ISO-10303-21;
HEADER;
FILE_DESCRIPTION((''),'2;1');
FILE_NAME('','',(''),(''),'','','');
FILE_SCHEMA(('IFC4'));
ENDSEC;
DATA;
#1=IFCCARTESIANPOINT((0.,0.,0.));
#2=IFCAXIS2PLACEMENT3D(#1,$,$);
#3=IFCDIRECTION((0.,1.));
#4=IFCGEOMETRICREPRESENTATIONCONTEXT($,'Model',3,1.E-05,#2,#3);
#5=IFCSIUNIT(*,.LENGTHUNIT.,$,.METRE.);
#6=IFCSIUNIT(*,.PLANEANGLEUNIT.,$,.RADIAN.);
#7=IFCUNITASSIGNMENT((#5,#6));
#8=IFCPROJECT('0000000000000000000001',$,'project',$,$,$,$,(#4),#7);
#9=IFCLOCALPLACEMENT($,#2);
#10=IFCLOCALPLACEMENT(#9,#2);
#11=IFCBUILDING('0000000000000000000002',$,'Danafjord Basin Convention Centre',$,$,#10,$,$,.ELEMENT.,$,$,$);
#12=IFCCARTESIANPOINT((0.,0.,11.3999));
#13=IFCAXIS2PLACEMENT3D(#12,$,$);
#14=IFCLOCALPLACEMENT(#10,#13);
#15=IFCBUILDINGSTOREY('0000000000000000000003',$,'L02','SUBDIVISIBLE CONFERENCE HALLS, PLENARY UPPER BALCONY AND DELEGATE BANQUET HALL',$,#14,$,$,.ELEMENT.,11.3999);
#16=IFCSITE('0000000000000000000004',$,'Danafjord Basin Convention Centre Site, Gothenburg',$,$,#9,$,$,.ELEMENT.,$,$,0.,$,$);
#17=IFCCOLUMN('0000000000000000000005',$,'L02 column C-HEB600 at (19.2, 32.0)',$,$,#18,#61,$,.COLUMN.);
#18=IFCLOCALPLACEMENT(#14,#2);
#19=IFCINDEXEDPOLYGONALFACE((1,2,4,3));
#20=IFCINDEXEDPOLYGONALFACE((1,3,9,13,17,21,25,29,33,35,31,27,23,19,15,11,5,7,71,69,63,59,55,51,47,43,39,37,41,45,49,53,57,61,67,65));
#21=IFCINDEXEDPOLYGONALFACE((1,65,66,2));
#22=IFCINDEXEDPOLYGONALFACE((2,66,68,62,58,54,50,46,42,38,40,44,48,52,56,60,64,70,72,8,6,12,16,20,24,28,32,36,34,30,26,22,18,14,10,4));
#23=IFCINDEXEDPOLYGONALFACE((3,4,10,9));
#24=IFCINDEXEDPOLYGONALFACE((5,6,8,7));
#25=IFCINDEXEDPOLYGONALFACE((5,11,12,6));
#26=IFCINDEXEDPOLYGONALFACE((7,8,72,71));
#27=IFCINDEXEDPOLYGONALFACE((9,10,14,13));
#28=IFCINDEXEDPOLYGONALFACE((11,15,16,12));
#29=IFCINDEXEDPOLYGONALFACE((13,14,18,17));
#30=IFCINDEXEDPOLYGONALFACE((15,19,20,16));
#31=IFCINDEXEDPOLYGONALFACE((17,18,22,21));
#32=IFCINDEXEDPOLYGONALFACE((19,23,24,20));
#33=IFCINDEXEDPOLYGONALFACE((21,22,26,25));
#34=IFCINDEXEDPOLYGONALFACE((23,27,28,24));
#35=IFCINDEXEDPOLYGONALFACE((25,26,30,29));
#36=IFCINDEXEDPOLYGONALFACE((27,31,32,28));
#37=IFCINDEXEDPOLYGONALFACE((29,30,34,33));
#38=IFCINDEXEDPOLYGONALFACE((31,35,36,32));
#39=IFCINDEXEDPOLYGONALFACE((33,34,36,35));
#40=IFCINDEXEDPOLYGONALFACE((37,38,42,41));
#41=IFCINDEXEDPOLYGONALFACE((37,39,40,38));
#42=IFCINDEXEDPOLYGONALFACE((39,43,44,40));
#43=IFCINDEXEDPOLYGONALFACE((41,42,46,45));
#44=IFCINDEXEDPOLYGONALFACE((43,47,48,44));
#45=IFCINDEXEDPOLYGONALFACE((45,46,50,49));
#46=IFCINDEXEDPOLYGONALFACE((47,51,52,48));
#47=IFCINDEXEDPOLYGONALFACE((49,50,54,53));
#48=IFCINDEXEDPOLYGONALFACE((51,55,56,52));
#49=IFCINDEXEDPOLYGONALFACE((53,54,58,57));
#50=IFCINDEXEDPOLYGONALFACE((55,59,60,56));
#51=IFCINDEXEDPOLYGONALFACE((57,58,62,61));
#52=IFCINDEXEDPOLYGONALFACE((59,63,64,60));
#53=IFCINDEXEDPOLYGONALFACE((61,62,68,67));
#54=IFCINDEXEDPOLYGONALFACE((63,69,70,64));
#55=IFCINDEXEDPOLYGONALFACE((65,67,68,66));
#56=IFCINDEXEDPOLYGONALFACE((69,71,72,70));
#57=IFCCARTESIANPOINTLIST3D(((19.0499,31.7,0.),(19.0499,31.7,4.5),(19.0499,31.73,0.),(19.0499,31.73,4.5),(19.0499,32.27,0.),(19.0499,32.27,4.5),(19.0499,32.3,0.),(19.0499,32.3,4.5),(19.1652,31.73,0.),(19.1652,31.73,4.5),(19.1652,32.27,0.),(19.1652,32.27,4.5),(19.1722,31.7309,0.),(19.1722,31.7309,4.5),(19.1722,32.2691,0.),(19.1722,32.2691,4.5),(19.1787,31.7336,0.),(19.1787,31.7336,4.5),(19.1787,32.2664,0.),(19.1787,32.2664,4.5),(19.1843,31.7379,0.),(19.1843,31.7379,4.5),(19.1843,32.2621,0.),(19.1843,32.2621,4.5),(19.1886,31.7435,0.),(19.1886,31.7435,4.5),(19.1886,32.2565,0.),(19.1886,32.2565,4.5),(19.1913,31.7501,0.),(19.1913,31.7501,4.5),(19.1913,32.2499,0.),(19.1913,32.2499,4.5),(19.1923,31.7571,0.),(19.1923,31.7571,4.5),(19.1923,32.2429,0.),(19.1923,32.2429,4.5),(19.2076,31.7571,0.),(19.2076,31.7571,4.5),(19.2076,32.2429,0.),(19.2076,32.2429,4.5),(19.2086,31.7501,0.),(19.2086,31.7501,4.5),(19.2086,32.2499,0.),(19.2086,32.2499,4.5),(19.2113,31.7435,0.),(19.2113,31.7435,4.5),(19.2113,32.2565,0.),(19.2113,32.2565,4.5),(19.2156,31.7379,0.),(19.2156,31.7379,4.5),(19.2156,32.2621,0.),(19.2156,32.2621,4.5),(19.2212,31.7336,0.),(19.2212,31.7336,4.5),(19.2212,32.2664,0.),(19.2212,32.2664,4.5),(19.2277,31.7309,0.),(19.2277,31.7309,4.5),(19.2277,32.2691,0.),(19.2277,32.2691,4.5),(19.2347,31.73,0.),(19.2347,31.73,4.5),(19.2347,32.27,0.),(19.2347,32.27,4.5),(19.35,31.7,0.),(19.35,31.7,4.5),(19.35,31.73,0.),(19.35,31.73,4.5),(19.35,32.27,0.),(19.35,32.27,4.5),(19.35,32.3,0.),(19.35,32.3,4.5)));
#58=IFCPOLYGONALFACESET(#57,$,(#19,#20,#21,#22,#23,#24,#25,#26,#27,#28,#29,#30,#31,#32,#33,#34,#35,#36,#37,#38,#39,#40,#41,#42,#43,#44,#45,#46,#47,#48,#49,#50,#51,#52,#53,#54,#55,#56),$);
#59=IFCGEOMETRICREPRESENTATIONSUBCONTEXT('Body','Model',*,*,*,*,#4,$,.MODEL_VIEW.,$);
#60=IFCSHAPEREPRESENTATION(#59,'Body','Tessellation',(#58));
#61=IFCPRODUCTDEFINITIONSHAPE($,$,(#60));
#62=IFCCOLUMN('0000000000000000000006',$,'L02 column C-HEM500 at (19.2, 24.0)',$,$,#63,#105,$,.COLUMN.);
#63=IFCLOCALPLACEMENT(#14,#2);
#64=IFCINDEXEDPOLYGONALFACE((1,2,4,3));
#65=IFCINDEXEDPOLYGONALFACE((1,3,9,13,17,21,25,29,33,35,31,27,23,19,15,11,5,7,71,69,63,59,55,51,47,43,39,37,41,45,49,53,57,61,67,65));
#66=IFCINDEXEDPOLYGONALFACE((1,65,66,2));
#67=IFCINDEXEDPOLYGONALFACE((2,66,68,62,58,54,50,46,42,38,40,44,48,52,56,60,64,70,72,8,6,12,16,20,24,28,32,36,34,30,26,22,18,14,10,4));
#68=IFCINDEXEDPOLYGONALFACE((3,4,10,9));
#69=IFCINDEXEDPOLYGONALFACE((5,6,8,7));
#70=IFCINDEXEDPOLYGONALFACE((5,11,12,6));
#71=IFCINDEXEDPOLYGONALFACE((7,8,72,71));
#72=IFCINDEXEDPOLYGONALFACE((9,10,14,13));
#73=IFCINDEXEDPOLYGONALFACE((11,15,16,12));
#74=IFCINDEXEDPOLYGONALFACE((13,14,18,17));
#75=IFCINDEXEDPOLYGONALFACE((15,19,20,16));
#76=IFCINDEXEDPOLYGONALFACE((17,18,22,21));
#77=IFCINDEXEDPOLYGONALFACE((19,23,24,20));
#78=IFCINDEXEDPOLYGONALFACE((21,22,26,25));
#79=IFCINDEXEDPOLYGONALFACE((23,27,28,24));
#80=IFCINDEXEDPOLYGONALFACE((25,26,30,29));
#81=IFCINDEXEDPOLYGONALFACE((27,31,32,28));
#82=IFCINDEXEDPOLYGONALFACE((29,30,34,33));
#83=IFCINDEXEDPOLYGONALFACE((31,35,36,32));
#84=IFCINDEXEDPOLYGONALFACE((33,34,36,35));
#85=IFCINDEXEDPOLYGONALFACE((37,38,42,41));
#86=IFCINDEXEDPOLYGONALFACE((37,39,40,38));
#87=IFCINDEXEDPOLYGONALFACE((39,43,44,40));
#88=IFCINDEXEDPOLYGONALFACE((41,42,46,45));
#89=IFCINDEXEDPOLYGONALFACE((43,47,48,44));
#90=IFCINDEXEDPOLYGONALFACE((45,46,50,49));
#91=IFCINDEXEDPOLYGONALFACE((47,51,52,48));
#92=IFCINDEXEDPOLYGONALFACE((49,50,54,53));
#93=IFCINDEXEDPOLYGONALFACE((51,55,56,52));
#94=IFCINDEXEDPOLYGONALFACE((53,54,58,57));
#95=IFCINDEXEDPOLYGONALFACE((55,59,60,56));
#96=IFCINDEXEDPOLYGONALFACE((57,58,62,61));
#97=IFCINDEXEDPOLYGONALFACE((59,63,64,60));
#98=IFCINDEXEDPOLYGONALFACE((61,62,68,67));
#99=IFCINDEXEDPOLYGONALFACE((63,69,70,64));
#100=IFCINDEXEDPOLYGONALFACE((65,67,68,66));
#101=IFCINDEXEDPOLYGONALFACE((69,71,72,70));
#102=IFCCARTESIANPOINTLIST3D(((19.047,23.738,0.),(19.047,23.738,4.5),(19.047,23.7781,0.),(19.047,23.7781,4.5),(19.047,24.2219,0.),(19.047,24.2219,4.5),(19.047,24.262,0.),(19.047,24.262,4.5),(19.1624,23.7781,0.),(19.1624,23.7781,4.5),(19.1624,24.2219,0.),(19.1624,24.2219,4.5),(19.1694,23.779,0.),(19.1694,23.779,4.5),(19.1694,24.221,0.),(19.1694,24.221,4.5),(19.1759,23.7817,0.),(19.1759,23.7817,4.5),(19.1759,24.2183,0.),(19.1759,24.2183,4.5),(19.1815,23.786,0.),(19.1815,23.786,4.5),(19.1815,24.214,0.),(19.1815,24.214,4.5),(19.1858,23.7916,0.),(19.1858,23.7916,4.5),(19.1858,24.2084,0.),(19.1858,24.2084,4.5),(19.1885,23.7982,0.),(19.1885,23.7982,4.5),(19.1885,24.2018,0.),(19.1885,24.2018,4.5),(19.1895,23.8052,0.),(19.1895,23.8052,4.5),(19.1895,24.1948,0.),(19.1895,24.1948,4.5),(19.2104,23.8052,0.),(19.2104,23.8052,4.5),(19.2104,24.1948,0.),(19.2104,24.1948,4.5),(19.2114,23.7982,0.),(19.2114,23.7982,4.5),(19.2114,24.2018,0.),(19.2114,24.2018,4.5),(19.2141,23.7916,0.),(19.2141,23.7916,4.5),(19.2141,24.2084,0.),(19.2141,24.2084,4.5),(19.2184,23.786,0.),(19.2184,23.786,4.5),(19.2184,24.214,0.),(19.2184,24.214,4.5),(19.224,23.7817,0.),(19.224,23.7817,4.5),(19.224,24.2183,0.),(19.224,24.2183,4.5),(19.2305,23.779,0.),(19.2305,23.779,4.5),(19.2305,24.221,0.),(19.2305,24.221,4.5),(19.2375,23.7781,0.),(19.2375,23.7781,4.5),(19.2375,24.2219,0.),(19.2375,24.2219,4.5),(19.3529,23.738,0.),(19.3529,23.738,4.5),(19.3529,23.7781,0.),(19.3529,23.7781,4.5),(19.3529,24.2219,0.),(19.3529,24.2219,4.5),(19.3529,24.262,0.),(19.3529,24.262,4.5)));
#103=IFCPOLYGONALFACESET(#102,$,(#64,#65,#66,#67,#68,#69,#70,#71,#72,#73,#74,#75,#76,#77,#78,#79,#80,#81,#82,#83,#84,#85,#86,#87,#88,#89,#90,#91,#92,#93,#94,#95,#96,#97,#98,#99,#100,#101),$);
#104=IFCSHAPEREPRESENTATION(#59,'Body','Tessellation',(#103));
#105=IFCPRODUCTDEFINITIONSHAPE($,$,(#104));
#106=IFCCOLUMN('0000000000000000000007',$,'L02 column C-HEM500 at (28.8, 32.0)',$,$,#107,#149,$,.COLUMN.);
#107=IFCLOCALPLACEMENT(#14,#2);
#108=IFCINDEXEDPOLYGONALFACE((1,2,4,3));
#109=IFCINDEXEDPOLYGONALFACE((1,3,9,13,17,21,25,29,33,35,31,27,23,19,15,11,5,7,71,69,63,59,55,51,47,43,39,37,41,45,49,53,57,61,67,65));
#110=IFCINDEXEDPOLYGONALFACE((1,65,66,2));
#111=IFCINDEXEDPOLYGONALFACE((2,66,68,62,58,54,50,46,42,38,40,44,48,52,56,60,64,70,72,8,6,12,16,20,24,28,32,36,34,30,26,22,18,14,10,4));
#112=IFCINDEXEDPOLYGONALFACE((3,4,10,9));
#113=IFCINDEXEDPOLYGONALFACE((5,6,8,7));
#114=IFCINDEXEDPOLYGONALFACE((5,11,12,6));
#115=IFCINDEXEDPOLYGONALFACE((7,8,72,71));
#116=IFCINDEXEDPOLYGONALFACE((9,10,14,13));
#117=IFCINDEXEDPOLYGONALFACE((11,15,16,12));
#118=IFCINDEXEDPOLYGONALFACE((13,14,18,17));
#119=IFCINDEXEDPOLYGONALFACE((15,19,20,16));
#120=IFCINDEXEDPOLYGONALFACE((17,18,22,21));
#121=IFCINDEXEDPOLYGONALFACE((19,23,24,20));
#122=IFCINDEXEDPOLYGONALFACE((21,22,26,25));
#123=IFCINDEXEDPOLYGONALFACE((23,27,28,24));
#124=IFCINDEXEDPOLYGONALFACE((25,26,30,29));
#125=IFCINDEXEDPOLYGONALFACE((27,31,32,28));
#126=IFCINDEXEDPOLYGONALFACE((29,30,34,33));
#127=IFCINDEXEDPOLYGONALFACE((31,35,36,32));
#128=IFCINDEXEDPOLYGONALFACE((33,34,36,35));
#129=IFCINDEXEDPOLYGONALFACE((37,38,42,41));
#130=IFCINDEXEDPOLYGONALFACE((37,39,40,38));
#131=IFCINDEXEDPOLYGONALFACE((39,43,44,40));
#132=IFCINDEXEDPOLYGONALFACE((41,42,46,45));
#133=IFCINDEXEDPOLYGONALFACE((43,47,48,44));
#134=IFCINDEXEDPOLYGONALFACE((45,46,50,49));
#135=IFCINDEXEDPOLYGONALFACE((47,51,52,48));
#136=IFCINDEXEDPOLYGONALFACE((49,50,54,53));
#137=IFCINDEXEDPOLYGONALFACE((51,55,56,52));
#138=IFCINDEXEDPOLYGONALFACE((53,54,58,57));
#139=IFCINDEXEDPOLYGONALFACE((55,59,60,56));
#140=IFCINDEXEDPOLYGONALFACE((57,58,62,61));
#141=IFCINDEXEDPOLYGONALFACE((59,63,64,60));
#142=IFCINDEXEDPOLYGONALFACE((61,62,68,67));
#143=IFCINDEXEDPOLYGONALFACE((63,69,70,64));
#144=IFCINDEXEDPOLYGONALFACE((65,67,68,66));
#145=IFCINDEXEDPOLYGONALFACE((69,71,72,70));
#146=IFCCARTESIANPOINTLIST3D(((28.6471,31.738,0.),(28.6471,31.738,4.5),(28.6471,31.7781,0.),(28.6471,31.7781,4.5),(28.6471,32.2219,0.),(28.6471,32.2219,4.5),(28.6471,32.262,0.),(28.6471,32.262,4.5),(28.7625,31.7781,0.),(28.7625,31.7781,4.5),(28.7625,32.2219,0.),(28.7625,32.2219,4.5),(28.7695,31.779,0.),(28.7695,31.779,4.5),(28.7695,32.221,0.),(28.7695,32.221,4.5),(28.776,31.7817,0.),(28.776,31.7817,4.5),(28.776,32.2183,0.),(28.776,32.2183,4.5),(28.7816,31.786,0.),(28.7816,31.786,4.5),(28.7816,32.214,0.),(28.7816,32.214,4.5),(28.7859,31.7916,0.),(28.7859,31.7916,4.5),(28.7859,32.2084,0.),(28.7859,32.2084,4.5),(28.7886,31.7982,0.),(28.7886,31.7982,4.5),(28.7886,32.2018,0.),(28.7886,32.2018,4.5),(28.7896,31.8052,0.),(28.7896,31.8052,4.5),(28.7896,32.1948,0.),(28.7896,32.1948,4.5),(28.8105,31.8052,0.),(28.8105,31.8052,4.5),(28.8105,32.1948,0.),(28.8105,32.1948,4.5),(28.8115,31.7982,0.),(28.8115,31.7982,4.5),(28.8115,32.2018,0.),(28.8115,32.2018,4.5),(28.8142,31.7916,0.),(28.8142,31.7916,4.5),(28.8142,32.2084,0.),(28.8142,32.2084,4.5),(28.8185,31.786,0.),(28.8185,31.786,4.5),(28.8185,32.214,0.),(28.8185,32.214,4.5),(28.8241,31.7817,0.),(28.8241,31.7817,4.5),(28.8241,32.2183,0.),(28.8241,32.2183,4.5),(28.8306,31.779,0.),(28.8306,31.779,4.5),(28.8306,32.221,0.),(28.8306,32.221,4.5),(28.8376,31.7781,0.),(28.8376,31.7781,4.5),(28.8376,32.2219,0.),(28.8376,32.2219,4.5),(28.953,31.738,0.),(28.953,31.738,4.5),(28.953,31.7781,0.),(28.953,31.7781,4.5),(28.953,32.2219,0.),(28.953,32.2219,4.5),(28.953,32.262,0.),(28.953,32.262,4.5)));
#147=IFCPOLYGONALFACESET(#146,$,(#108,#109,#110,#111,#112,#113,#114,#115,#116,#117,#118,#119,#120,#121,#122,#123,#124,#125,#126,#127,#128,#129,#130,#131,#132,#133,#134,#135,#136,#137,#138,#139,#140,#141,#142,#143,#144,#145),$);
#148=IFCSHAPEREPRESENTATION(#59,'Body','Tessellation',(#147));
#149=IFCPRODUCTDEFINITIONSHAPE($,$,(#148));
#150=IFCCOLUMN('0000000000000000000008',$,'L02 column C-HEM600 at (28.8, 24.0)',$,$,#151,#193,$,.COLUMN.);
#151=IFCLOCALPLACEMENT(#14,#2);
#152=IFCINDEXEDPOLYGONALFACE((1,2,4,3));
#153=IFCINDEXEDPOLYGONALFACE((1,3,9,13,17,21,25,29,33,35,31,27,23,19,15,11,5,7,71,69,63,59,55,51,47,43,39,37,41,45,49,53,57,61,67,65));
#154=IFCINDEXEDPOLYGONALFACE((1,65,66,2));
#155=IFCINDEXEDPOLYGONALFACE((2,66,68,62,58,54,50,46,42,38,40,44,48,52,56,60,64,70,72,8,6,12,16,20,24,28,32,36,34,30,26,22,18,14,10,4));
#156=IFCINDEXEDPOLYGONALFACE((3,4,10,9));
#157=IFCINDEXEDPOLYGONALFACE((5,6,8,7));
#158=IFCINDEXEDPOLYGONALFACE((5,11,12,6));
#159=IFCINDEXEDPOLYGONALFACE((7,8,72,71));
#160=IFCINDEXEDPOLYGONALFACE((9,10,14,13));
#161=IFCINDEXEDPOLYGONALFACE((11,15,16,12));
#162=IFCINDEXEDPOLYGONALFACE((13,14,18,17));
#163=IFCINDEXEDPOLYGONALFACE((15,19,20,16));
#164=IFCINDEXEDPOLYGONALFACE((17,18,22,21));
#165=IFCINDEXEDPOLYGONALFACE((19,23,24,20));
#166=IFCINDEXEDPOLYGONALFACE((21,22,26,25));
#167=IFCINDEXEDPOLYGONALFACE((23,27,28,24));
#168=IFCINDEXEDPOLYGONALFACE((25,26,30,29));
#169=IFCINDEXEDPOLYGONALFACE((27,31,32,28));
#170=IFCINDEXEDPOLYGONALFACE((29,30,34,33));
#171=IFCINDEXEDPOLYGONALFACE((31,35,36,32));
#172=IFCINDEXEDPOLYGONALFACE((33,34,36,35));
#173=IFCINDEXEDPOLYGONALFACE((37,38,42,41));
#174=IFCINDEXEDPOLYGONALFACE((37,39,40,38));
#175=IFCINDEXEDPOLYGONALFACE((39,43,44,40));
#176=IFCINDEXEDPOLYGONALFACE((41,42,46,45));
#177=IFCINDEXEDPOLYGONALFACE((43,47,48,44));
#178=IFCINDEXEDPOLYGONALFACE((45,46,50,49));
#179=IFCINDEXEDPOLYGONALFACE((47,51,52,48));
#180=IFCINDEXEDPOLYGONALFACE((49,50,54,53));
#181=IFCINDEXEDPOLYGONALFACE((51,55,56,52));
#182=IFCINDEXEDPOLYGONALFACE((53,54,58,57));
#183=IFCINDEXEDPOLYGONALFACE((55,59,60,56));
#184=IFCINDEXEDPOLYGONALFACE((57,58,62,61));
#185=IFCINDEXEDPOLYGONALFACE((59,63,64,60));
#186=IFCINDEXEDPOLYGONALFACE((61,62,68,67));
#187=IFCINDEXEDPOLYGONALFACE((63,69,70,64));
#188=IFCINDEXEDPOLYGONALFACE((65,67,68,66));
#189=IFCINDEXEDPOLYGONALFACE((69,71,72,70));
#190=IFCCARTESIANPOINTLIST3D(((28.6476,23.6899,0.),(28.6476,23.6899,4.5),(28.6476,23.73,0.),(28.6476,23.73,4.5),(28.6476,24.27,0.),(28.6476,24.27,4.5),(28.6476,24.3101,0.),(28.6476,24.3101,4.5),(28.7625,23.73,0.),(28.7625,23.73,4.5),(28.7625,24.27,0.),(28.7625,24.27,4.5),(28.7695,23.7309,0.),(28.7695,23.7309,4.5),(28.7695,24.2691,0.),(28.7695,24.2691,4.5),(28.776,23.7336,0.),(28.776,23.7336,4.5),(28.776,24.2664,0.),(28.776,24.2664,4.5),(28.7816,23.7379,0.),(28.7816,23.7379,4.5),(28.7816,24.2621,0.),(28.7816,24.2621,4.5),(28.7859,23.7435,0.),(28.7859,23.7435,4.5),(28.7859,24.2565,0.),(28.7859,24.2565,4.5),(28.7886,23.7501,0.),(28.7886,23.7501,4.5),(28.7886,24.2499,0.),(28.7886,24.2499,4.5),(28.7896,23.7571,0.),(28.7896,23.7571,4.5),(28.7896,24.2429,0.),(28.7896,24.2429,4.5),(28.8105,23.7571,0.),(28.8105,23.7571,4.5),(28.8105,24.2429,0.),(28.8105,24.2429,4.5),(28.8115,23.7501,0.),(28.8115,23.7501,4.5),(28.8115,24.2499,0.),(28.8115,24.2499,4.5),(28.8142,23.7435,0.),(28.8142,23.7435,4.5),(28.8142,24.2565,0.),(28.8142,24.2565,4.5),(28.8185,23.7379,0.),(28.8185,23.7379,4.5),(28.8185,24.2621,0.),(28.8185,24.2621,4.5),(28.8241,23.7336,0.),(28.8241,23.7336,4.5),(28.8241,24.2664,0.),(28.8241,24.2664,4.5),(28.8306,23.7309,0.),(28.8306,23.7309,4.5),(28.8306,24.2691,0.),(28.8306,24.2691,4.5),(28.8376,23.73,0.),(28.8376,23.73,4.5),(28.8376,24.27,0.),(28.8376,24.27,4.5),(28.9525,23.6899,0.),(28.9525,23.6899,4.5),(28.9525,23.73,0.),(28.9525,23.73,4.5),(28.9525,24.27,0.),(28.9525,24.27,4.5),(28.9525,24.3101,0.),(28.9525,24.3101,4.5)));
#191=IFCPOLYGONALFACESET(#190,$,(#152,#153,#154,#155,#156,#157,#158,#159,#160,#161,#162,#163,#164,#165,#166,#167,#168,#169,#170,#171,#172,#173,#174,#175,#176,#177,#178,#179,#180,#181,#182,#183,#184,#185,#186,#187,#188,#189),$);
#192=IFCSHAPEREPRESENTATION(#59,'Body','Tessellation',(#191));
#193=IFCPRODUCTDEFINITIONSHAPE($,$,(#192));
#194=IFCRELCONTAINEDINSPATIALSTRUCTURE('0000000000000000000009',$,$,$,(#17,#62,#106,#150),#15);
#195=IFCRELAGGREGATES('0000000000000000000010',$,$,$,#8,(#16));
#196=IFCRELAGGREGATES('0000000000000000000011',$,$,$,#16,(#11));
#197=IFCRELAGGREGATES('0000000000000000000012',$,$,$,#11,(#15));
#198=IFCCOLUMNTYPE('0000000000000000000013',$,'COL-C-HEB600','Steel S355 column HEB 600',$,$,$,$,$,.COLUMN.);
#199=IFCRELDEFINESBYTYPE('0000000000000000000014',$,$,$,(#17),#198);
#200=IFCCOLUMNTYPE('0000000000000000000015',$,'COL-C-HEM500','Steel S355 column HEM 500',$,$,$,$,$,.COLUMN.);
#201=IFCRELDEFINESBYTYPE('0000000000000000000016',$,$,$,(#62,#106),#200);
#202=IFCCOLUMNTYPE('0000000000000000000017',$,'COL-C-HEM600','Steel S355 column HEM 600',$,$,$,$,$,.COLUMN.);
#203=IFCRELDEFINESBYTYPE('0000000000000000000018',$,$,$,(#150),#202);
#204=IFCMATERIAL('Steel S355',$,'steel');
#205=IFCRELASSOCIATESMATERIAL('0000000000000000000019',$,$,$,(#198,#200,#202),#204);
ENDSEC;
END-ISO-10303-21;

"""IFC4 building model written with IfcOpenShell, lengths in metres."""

from ifc_helpers import new_model, si_unit, direction, frame, origin, origin_2d, place, context, subcontext, project, spatial, i_section, extrude, material, material_profile, profile_set, type_object, element, save


model = new_model("IFC4")

# Units and contexts
model_context = context("Model", 3, precision=1e-05, world=origin(), true_north=direction((0.0, 1.0)))
body_context = subcontext(model_context, "Body", "Model", "MODEL_VIEW")
ifc_project = project(units=[si_unit("LENGTHUNIT", "METRE"), si_unit("PLANEANGLEUNIT", "RADIAN")], contexts=[model_context])

# Site, building, storey
site_placement = place(None, origin())
site = spatial("IfcSite", under=ifc_project, at=site_placement, Name="Danafjord Basin Convention Centre Site, Gothenburg", CompositionType="ELEMENT", RefElevation=0.0)
building_placement = place(site_placement, origin())
building = spatial("IfcBuilding", under=site, at=building_placement, Name="Danafjord Basin Convention Centre", CompositionType="ELEMENT")
storey_placement = place(building_placement, frame((0.0, 0.0, 11.3999)))
storey = spatial("IfcBuildingStorey", under=building, at=storey_placement, Name="L02", Description="SUBDIVISIBLE CONFERENCE HALLS, PLENARY UPPER BALCONY AND DELEGATE BANQUET HALL", CompositionType="ELEMENT", Elevation=11.3999)

# Columns
ifc_material_1 = material(Name="Steel S355", Category="steel")
ifc_material_profile_1 = material_profile(ifc_material_1, i_section(OverallWidth=0.3, OverallDepth=0.6001, WebThickness=0.0154, FlangeThickness=0.03, FilletRadius=0.0271, at=origin_2d()), Name="HEB 600")
ifc_profile_set_1 = profile_set([ifc_material_profile_1], Name="Steel S355")
column_type_1 = type_object("IfcColumnType", Name="COL-C-HEB600", Description="Steel S355 column HEB 600", PredefinedType="COLUMN", material=ifc_profile_set_1)
column_1_placement = place(storey_placement, frame((19.2, 32.0, 0.0), z_axis=(0.0, 0.0, 1.0), x_axis=(1.0, 0.0, 0.0)))
element("IfcColumn", 1, at=column_1_placement, inside=storey, type_object=column_type_1, Name="L02 column C-HEB600 at (19.2, 32.0)", PredefinedType="COLUMN", context=body_context, shape_type="SweptSolid", body=[
    extrude(i_section(OverallWidth=0.3, OverallDepth=0.6001, WebThickness=0.0154, FlangeThickness=0.03, FilletRadius=0.0271, at=origin_2d()), origin(), (0.0, 0.0, 1.0), 4.5),
])
ifc_material_profile_2 = material_profile(ifc_material_1, i_section(OverallWidth=0.3059, OverallDepth=0.5239, WebThickness=0.021, FlangeThickness=0.04, FilletRadius=0.0271, at=origin_2d()), Name="HEM 500")
ifc_profile_set_2 = profile_set([ifc_material_profile_2], Name="Steel S355")
column_type_2 = type_object("IfcColumnType", Name="COL-C-HEM500", Description="Steel S355 column HEM 500", PredefinedType="COLUMN", material=ifc_profile_set_2)
for number, where, z_axis, x_axis, name in (
    (2, (19.2, 24.0, 0.0), (0.0, 0.0, 1.0), (1.0, 0.0, 0.0), "L02 column C-HEM500 at (19.2, 24.0)"),
    (3, (28.8, 32.0, 0.0), (0.0, 0.0, 1.0), (1.0, 0.0, 0.0), "L02 column C-HEM500 at (28.8, 32.0)"),
):
    element("IfcColumn", number, at=place(storey_placement, frame(where, z_axis=z_axis, x_axis=x_axis)), inside=storey, type_object=column_type_2, Name=name, PredefinedType="COLUMN", context=body_context, shape_type="SweptSolid", body=[
        extrude(i_section(OverallWidth=0.3059, OverallDepth=0.5239, WebThickness=0.021, FlangeThickness=0.04, FilletRadius=0.0271, at=origin_2d()), origin(), (0.0, 0.0, 1.0), 4.5),
    ])
ifc_material_profile_3 = material_profile(ifc_material_1, i_section(OverallWidth=0.3049, OverallDepth=0.6201, WebThickness=0.021, FlangeThickness=0.04, FilletRadius=0.0271, at=origin_2d()), Name="HEM 600")
ifc_profile_set_3 = profile_set([ifc_material_profile_3], Name="Steel S355")
column_type_3 = type_object("IfcColumnType", Name="COL-C-HEM600", Description="Steel S355 column HEM 600", PredefinedType="COLUMN", material=ifc_profile_set_3)
column_2_placement = place(storey_placement, frame((28.8, 24.0, 0.0), z_axis=(0.0, 0.0, 1.0), x_axis=(1.0, 0.0, 0.0)))
element("IfcColumn", 4, at=column_2_placement, inside=storey, type_object=column_type_3, Name="L02 column C-HEM600 at (28.8, 24.0)", PredefinedType="COLUMN", context=body_context, shape_type="SweptSolid", body=[
    extrude(i_section(OverallWidth=0.3049, OverallDepth=0.6201, WebThickness=0.021, FlangeThickness=0.04, FilletRadius=0.0271, at=origin_2d()), origin(), (0.0, 0.0, 1.0), 4.5),
])

save(model, "model.ifc")
